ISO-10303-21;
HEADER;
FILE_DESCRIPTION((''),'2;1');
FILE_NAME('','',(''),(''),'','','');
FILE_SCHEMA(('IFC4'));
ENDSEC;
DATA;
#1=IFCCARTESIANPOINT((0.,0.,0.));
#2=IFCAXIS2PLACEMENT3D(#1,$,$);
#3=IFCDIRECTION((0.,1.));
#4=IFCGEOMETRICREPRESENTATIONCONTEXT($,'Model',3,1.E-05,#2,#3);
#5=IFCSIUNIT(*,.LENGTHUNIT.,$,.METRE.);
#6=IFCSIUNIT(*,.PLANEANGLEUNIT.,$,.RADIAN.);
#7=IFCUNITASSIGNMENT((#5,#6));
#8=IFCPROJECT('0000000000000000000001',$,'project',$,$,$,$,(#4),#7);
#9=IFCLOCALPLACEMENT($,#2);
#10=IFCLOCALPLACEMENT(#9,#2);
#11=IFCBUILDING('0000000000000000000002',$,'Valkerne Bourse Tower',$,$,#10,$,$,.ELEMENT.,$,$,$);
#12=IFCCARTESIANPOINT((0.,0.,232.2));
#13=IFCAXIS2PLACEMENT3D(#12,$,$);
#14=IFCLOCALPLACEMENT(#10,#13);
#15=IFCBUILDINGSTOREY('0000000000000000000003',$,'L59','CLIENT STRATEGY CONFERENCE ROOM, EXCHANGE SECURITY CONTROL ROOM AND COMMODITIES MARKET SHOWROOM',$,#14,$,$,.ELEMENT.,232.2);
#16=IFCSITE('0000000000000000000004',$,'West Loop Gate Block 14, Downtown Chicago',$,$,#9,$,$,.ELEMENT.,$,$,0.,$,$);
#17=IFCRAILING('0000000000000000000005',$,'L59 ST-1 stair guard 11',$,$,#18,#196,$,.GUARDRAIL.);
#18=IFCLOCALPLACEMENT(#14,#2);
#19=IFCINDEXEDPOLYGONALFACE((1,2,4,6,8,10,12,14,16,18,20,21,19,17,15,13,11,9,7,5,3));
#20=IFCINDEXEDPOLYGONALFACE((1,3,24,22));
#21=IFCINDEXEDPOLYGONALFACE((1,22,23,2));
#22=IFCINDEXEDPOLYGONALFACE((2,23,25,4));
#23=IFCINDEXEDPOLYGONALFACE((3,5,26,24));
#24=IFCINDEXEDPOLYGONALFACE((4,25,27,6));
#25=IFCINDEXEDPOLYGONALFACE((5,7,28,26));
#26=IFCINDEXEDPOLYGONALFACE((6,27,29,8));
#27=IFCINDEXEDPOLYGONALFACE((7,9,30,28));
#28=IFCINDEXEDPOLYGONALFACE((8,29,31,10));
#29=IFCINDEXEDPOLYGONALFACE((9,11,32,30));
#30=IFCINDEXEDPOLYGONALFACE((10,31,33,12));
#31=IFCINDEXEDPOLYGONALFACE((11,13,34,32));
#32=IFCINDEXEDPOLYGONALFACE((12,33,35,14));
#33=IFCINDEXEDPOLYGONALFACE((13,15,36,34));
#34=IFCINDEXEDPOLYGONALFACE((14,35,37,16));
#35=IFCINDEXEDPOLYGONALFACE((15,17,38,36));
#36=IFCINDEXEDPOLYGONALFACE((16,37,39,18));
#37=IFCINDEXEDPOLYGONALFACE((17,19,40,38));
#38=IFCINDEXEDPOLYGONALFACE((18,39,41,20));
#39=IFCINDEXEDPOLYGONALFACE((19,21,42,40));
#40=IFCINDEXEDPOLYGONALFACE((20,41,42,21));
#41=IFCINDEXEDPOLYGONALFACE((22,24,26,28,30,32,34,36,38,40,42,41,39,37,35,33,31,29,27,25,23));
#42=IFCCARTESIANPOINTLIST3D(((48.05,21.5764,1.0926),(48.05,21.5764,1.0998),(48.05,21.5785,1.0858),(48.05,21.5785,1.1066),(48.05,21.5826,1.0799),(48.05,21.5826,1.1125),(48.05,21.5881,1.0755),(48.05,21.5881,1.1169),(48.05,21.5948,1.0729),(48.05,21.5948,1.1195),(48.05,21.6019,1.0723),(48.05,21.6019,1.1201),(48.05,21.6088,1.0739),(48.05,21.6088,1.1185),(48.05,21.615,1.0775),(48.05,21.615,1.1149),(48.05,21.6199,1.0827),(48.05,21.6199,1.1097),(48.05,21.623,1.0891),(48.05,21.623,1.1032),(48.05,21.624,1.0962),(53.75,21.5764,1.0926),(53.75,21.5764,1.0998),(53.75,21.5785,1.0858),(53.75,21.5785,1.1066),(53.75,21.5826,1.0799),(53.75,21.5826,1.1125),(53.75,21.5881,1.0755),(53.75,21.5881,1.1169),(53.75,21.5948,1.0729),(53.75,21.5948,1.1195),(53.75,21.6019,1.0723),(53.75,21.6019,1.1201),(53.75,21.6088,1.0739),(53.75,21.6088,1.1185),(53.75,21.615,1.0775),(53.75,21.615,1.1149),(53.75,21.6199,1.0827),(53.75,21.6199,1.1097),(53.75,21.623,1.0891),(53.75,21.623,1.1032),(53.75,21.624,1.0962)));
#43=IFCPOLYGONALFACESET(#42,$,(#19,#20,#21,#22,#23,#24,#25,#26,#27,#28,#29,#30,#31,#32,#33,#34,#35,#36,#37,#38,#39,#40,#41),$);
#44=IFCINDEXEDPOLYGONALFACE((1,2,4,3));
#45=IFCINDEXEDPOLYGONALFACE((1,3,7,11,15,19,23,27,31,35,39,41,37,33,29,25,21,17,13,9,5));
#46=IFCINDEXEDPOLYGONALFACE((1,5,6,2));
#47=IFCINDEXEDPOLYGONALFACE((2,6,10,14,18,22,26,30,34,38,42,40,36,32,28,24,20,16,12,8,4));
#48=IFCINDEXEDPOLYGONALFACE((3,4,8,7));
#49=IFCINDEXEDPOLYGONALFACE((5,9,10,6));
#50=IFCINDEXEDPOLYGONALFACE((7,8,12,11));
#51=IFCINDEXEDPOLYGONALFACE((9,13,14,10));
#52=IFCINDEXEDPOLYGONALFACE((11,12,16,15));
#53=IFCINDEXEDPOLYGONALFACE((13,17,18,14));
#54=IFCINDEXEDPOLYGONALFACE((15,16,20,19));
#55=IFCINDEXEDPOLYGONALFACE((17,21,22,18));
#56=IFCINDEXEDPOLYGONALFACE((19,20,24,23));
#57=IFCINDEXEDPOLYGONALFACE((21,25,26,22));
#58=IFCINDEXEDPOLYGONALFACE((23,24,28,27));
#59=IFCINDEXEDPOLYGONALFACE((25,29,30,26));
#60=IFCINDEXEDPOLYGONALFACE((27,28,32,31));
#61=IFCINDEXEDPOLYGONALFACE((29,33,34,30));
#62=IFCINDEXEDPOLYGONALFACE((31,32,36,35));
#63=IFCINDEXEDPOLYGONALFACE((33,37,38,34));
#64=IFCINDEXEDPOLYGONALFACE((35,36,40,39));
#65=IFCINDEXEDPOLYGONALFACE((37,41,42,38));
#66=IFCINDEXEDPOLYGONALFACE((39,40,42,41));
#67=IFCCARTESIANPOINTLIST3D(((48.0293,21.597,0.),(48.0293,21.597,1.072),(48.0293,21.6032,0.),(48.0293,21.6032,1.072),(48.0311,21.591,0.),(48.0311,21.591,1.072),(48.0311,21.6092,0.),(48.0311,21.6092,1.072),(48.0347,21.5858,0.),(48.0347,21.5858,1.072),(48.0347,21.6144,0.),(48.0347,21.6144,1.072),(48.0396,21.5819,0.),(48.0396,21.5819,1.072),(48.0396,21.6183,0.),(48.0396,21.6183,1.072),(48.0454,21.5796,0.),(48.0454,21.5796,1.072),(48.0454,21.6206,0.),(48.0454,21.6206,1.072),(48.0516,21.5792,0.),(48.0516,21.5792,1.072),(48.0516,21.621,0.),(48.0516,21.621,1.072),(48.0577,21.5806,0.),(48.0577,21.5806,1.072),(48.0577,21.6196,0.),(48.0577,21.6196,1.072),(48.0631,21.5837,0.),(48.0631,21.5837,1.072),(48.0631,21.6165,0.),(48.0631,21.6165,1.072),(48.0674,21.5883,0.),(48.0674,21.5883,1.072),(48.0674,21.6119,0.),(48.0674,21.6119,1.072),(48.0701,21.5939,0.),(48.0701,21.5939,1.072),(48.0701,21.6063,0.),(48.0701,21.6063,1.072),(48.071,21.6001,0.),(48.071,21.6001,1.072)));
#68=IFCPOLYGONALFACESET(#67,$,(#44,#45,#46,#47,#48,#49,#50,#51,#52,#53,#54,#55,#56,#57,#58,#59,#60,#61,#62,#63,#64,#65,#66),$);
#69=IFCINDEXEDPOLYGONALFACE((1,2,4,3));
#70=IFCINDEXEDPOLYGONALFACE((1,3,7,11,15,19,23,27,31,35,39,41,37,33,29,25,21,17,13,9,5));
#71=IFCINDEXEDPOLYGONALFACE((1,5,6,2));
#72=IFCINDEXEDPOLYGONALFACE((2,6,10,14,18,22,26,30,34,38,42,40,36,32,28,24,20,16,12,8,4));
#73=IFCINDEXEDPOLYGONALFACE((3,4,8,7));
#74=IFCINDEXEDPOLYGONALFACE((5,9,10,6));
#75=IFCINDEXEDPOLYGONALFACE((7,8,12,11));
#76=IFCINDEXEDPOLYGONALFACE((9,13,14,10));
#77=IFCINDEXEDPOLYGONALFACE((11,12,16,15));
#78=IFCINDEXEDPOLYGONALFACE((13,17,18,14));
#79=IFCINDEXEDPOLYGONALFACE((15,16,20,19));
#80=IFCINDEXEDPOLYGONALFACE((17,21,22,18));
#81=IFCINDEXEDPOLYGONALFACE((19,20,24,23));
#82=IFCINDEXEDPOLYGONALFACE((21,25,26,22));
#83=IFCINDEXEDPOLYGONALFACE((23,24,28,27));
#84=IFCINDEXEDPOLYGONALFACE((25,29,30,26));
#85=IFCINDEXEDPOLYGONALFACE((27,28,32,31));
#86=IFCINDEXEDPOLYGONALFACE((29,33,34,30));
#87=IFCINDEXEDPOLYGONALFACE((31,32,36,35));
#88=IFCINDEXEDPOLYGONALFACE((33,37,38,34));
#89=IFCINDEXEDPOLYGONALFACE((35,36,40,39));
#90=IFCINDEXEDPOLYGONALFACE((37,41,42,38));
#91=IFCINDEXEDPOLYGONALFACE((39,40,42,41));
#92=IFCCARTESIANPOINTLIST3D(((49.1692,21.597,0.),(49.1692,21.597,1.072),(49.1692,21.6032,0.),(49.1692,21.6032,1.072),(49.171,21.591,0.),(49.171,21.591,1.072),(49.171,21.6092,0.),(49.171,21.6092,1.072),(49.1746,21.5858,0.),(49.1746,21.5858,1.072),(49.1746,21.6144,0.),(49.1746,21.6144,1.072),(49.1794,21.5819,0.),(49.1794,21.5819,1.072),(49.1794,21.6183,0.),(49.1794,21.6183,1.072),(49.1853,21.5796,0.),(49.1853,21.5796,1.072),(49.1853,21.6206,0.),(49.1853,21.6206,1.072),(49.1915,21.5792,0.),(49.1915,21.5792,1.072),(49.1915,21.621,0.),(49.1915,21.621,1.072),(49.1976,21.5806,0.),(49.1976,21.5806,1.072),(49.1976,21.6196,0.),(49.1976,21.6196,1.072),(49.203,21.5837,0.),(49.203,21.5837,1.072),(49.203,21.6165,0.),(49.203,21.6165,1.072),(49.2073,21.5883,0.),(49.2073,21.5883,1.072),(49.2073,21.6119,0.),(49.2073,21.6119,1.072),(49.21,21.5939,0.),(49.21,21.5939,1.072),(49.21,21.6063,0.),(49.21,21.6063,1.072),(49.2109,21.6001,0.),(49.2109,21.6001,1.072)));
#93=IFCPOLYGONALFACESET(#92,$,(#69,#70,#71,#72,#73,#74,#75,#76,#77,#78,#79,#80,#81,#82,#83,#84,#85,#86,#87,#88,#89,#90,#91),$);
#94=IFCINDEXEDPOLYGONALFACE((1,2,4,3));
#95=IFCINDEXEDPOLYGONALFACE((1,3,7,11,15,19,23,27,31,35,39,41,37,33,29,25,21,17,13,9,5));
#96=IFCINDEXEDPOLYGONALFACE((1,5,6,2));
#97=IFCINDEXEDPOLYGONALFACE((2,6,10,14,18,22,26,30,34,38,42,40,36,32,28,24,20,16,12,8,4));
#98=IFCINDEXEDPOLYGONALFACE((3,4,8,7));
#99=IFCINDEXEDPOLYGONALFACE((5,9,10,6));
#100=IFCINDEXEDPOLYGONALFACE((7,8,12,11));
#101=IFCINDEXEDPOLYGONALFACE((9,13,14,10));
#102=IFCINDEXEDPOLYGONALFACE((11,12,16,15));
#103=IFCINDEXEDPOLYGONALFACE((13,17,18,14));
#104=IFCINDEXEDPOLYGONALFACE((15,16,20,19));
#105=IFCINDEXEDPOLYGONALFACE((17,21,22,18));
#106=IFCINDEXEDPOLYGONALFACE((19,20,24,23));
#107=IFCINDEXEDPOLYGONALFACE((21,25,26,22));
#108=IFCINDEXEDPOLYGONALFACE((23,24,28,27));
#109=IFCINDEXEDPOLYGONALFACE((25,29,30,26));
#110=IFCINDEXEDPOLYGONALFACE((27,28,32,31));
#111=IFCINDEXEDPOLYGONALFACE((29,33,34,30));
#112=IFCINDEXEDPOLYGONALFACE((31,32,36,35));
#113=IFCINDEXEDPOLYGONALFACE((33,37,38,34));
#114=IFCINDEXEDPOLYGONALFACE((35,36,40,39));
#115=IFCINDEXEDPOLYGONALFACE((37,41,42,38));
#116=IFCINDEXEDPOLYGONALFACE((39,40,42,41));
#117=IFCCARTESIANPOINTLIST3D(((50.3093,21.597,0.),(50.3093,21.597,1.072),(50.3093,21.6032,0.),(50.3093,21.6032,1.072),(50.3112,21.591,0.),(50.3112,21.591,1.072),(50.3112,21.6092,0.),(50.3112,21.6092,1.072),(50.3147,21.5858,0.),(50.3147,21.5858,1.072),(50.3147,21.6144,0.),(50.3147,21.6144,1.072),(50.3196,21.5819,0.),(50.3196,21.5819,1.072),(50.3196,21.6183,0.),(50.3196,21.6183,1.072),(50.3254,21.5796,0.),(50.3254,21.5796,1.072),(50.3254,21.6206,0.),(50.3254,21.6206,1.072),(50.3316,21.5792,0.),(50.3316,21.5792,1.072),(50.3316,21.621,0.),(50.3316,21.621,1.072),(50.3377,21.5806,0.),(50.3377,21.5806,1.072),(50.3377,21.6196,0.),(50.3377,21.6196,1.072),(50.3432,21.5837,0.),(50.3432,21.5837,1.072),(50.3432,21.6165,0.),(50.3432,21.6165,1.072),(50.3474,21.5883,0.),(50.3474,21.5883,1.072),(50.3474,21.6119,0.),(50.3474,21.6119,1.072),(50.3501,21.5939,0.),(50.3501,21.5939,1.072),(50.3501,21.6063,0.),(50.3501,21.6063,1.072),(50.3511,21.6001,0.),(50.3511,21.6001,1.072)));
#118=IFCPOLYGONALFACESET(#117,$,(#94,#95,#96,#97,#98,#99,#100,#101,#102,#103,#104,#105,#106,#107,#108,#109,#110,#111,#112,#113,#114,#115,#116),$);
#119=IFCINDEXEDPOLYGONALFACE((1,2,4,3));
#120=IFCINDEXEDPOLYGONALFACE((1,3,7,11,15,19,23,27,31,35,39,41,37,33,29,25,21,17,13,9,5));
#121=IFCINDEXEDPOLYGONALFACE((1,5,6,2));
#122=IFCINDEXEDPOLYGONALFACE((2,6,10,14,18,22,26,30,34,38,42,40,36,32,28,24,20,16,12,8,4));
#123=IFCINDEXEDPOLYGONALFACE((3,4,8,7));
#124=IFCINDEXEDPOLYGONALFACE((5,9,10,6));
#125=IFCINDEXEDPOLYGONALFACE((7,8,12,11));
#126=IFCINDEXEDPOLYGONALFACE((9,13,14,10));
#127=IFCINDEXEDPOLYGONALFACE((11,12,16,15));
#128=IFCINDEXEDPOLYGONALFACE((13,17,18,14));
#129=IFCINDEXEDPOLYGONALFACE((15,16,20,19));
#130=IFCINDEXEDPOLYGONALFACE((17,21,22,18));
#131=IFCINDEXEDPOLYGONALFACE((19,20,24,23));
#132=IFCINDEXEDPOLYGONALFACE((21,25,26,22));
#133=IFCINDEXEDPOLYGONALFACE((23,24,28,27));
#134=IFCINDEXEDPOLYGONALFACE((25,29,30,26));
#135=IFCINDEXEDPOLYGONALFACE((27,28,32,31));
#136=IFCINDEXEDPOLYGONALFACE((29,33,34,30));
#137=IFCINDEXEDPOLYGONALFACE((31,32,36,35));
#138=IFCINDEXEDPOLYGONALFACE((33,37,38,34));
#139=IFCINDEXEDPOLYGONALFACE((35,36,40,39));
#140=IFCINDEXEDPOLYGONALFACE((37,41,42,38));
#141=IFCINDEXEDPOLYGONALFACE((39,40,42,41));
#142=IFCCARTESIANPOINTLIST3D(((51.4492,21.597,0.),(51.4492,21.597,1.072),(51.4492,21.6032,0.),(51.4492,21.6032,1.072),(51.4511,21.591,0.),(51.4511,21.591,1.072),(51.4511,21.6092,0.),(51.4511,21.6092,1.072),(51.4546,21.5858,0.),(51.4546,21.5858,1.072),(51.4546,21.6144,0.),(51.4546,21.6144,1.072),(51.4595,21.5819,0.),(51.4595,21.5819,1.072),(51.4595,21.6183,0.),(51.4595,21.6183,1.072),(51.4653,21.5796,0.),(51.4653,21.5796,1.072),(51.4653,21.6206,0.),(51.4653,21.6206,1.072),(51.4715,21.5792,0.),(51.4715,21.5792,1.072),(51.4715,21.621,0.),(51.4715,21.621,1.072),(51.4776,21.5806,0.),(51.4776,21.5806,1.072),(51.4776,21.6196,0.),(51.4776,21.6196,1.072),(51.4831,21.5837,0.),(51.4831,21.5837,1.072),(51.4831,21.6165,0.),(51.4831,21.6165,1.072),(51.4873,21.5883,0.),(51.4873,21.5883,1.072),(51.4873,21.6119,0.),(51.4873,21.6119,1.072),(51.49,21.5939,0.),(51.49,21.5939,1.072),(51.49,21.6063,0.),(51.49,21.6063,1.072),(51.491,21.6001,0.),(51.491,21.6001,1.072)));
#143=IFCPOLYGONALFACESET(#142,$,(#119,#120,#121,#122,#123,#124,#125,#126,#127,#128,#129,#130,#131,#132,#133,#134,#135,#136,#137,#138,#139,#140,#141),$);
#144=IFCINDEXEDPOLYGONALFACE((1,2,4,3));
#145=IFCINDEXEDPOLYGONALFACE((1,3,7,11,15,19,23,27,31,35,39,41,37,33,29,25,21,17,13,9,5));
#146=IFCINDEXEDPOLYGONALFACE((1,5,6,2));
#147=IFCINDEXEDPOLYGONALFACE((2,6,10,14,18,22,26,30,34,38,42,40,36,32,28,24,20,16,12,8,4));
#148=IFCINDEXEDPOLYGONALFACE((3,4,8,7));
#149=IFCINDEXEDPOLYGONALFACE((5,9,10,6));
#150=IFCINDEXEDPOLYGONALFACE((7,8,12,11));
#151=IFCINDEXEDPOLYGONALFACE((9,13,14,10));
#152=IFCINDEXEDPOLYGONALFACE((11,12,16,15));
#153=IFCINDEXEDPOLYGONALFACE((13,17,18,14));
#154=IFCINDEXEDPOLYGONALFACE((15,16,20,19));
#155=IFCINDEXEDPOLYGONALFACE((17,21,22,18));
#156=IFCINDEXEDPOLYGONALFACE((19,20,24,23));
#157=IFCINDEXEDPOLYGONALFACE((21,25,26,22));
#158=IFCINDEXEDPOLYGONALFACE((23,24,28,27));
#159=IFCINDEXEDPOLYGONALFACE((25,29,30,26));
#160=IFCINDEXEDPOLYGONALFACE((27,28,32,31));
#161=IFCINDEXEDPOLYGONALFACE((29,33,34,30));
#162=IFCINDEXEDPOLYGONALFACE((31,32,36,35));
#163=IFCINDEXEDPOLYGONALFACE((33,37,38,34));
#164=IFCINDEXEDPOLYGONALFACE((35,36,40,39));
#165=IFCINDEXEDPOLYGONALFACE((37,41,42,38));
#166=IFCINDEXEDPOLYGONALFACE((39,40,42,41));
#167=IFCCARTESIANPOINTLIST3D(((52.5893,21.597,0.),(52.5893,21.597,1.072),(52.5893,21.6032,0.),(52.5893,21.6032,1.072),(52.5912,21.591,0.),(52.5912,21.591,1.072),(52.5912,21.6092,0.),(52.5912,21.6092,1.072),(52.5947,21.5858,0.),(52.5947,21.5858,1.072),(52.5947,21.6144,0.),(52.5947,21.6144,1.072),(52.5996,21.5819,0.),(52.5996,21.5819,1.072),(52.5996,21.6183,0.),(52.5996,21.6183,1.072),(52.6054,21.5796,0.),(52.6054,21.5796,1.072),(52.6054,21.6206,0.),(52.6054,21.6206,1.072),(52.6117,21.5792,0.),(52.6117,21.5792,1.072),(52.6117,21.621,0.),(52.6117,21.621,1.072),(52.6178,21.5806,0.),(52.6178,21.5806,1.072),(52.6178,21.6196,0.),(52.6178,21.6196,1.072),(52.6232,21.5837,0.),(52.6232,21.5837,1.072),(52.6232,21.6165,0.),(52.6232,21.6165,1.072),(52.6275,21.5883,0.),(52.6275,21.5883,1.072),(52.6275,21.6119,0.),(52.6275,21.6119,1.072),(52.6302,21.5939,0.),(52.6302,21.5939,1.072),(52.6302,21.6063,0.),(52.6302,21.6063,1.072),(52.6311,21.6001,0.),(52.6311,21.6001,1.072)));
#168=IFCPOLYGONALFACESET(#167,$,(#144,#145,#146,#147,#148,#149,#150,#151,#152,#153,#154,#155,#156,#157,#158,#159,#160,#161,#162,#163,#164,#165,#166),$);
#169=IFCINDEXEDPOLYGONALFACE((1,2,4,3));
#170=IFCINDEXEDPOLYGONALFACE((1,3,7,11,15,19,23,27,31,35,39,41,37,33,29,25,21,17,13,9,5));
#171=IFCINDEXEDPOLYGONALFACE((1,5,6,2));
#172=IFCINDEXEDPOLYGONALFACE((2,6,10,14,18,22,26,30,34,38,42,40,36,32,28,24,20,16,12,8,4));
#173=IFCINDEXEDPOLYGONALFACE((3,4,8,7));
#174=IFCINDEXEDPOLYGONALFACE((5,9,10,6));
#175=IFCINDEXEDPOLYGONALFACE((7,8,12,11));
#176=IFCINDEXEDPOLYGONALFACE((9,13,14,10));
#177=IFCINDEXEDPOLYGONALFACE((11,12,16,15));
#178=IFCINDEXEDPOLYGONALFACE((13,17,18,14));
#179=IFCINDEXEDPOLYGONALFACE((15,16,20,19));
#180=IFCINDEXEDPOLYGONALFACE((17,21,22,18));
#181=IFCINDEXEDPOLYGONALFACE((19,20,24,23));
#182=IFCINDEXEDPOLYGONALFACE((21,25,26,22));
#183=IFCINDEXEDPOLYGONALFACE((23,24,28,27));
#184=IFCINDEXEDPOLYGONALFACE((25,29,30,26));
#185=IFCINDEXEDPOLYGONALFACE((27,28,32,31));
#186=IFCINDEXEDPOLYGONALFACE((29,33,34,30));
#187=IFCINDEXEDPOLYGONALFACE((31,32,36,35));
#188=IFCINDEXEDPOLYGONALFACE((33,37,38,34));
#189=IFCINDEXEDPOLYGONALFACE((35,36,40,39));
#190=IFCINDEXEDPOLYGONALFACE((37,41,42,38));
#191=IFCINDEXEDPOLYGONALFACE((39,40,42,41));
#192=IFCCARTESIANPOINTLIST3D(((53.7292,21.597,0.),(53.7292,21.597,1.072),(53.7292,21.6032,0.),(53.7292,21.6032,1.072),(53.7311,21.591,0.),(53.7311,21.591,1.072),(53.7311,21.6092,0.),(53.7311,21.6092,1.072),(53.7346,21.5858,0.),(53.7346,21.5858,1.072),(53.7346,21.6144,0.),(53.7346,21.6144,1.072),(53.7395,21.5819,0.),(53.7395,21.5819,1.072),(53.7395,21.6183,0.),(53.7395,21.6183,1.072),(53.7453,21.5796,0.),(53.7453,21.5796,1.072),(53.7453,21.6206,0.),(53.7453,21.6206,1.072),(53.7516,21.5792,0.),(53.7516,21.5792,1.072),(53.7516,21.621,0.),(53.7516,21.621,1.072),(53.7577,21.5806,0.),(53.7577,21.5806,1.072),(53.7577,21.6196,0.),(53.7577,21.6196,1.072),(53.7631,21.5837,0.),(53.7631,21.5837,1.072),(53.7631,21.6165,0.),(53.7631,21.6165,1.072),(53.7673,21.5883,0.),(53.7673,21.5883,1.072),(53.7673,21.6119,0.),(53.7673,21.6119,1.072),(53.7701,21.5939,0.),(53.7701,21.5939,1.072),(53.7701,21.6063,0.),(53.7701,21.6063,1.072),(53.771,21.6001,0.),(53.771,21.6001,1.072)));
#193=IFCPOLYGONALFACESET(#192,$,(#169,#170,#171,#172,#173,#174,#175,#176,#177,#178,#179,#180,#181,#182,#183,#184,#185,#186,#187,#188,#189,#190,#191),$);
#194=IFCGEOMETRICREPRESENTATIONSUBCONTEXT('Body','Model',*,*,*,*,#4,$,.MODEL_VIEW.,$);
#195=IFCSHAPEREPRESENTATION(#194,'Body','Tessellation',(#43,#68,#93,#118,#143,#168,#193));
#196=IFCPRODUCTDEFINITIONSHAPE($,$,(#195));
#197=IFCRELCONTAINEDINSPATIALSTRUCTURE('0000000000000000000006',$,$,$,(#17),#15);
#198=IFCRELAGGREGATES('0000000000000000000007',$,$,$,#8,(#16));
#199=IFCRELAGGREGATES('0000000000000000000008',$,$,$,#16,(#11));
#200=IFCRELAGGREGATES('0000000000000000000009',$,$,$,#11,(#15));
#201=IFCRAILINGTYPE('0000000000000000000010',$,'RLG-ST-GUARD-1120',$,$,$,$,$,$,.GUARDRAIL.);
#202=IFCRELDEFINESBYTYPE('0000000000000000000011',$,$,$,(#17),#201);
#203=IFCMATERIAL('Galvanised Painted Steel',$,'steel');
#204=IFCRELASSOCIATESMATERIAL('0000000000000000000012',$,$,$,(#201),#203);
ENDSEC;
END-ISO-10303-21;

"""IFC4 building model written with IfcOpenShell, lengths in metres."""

from ifc_helpers import new_model, si_unit, direction, frame, origin, origin_2d, place, context, subcontext, project, spatial, circle, extrude, material, type_object, element, save


model = new_model("IFC4")

# Units and contexts
model_context = context("Model", 3, precision=1e-05, world=origin(), true_north=direction((0.0, 1.0)))
body_context = subcontext(model_context, "Body", "Model", "MODEL_VIEW")
ifc_project = project(units=[si_unit("LENGTHUNIT", "METRE"), si_unit("PLANEANGLEUNIT", "RADIAN")], contexts=[model_context])

# Site, building, storey
site_placement = place(None, origin())
site = spatial("IfcSite", under=ifc_project, at=site_placement, Name="West Loop Gate Block 14, Downtown Chicago", CompositionType="ELEMENT", RefElevation=0.0)
building_placement = place(site_placement, origin())
building = spatial("IfcBuilding", under=site, at=building_placement, Name="Valkerne Bourse Tower", CompositionType="ELEMENT")
storey_placement = place(building_placement, frame((0.0, 0.0, 232.2)))
storey = spatial("IfcBuildingStorey", under=building, at=storey_placement, Name="L59", Description="CLIENT STRATEGY CONFERENCE ROOM, EXCHANGE SECURITY CONTROL ROOM AND COMMODITIES MARKET SHOWROOM", CompositionType="ELEMENT", Elevation=232.2)

# Shared definitions
ifc_material_1 = material(Name="Galvanised Painted Steel", Category="steel")

# Railing
railing_type_1 = type_object("IfcRailingType", Name="RLG-ST-GUARD-1120", PredefinedType="GUARDRAIL", material=ifc_material_1)
railing_1_placement = place(storey_placement, frame((48.05, 21.6001, 0.0)))
element("IfcRailing", 1, at=railing_1_placement, inside=storey, type_object=railing_type_1, Name="L59 ST-1 stair guard 11", PredefinedType="GUARDRAIL", context=body_context, shape_type="SweptSolid", body=[
    extrude(circle(Radius=0.0239, at=origin_2d()), frame((0.0, 0.0, 1.0962), z_axis=(1.0, 0.0, 0.0), x_axis=(0.0, 1.0, 0.0)), (0.0, 0.0, 1.0), 5.7),
    extrude(circle(Radius=0.021, at=origin_2d()), origin(), (0.0, 0.0, 1.0), 1.072),
    extrude(circle(Radius=0.021, at=origin_2d()), frame((1.1399, 0.0, 0.0)), (0.0, 0.0, 1.0), 1.072),
    extrude(circle(Radius=0.021, at=origin_2d()), frame((2.28, 0.0, 0.0)), (0.0, 0.0, 1.0), 1.072),
    extrude(circle(Radius=0.021, at=origin_2d()), frame((3.4199, 0.0, 0.0)), (0.0, 0.0, 1.0), 1.072),
    extrude(circle(Radius=0.021, at=origin_2d()), frame((4.5601, 0.0, 0.0)), (0.0, 0.0, 1.0), 1.072),
    extrude(circle(Radius=0.021, at=origin_2d()), frame((5.7, 0.0, 0.0)), (0.0, 0.0, 1.0), 1.072),
])

save(model, "model.ifc")
